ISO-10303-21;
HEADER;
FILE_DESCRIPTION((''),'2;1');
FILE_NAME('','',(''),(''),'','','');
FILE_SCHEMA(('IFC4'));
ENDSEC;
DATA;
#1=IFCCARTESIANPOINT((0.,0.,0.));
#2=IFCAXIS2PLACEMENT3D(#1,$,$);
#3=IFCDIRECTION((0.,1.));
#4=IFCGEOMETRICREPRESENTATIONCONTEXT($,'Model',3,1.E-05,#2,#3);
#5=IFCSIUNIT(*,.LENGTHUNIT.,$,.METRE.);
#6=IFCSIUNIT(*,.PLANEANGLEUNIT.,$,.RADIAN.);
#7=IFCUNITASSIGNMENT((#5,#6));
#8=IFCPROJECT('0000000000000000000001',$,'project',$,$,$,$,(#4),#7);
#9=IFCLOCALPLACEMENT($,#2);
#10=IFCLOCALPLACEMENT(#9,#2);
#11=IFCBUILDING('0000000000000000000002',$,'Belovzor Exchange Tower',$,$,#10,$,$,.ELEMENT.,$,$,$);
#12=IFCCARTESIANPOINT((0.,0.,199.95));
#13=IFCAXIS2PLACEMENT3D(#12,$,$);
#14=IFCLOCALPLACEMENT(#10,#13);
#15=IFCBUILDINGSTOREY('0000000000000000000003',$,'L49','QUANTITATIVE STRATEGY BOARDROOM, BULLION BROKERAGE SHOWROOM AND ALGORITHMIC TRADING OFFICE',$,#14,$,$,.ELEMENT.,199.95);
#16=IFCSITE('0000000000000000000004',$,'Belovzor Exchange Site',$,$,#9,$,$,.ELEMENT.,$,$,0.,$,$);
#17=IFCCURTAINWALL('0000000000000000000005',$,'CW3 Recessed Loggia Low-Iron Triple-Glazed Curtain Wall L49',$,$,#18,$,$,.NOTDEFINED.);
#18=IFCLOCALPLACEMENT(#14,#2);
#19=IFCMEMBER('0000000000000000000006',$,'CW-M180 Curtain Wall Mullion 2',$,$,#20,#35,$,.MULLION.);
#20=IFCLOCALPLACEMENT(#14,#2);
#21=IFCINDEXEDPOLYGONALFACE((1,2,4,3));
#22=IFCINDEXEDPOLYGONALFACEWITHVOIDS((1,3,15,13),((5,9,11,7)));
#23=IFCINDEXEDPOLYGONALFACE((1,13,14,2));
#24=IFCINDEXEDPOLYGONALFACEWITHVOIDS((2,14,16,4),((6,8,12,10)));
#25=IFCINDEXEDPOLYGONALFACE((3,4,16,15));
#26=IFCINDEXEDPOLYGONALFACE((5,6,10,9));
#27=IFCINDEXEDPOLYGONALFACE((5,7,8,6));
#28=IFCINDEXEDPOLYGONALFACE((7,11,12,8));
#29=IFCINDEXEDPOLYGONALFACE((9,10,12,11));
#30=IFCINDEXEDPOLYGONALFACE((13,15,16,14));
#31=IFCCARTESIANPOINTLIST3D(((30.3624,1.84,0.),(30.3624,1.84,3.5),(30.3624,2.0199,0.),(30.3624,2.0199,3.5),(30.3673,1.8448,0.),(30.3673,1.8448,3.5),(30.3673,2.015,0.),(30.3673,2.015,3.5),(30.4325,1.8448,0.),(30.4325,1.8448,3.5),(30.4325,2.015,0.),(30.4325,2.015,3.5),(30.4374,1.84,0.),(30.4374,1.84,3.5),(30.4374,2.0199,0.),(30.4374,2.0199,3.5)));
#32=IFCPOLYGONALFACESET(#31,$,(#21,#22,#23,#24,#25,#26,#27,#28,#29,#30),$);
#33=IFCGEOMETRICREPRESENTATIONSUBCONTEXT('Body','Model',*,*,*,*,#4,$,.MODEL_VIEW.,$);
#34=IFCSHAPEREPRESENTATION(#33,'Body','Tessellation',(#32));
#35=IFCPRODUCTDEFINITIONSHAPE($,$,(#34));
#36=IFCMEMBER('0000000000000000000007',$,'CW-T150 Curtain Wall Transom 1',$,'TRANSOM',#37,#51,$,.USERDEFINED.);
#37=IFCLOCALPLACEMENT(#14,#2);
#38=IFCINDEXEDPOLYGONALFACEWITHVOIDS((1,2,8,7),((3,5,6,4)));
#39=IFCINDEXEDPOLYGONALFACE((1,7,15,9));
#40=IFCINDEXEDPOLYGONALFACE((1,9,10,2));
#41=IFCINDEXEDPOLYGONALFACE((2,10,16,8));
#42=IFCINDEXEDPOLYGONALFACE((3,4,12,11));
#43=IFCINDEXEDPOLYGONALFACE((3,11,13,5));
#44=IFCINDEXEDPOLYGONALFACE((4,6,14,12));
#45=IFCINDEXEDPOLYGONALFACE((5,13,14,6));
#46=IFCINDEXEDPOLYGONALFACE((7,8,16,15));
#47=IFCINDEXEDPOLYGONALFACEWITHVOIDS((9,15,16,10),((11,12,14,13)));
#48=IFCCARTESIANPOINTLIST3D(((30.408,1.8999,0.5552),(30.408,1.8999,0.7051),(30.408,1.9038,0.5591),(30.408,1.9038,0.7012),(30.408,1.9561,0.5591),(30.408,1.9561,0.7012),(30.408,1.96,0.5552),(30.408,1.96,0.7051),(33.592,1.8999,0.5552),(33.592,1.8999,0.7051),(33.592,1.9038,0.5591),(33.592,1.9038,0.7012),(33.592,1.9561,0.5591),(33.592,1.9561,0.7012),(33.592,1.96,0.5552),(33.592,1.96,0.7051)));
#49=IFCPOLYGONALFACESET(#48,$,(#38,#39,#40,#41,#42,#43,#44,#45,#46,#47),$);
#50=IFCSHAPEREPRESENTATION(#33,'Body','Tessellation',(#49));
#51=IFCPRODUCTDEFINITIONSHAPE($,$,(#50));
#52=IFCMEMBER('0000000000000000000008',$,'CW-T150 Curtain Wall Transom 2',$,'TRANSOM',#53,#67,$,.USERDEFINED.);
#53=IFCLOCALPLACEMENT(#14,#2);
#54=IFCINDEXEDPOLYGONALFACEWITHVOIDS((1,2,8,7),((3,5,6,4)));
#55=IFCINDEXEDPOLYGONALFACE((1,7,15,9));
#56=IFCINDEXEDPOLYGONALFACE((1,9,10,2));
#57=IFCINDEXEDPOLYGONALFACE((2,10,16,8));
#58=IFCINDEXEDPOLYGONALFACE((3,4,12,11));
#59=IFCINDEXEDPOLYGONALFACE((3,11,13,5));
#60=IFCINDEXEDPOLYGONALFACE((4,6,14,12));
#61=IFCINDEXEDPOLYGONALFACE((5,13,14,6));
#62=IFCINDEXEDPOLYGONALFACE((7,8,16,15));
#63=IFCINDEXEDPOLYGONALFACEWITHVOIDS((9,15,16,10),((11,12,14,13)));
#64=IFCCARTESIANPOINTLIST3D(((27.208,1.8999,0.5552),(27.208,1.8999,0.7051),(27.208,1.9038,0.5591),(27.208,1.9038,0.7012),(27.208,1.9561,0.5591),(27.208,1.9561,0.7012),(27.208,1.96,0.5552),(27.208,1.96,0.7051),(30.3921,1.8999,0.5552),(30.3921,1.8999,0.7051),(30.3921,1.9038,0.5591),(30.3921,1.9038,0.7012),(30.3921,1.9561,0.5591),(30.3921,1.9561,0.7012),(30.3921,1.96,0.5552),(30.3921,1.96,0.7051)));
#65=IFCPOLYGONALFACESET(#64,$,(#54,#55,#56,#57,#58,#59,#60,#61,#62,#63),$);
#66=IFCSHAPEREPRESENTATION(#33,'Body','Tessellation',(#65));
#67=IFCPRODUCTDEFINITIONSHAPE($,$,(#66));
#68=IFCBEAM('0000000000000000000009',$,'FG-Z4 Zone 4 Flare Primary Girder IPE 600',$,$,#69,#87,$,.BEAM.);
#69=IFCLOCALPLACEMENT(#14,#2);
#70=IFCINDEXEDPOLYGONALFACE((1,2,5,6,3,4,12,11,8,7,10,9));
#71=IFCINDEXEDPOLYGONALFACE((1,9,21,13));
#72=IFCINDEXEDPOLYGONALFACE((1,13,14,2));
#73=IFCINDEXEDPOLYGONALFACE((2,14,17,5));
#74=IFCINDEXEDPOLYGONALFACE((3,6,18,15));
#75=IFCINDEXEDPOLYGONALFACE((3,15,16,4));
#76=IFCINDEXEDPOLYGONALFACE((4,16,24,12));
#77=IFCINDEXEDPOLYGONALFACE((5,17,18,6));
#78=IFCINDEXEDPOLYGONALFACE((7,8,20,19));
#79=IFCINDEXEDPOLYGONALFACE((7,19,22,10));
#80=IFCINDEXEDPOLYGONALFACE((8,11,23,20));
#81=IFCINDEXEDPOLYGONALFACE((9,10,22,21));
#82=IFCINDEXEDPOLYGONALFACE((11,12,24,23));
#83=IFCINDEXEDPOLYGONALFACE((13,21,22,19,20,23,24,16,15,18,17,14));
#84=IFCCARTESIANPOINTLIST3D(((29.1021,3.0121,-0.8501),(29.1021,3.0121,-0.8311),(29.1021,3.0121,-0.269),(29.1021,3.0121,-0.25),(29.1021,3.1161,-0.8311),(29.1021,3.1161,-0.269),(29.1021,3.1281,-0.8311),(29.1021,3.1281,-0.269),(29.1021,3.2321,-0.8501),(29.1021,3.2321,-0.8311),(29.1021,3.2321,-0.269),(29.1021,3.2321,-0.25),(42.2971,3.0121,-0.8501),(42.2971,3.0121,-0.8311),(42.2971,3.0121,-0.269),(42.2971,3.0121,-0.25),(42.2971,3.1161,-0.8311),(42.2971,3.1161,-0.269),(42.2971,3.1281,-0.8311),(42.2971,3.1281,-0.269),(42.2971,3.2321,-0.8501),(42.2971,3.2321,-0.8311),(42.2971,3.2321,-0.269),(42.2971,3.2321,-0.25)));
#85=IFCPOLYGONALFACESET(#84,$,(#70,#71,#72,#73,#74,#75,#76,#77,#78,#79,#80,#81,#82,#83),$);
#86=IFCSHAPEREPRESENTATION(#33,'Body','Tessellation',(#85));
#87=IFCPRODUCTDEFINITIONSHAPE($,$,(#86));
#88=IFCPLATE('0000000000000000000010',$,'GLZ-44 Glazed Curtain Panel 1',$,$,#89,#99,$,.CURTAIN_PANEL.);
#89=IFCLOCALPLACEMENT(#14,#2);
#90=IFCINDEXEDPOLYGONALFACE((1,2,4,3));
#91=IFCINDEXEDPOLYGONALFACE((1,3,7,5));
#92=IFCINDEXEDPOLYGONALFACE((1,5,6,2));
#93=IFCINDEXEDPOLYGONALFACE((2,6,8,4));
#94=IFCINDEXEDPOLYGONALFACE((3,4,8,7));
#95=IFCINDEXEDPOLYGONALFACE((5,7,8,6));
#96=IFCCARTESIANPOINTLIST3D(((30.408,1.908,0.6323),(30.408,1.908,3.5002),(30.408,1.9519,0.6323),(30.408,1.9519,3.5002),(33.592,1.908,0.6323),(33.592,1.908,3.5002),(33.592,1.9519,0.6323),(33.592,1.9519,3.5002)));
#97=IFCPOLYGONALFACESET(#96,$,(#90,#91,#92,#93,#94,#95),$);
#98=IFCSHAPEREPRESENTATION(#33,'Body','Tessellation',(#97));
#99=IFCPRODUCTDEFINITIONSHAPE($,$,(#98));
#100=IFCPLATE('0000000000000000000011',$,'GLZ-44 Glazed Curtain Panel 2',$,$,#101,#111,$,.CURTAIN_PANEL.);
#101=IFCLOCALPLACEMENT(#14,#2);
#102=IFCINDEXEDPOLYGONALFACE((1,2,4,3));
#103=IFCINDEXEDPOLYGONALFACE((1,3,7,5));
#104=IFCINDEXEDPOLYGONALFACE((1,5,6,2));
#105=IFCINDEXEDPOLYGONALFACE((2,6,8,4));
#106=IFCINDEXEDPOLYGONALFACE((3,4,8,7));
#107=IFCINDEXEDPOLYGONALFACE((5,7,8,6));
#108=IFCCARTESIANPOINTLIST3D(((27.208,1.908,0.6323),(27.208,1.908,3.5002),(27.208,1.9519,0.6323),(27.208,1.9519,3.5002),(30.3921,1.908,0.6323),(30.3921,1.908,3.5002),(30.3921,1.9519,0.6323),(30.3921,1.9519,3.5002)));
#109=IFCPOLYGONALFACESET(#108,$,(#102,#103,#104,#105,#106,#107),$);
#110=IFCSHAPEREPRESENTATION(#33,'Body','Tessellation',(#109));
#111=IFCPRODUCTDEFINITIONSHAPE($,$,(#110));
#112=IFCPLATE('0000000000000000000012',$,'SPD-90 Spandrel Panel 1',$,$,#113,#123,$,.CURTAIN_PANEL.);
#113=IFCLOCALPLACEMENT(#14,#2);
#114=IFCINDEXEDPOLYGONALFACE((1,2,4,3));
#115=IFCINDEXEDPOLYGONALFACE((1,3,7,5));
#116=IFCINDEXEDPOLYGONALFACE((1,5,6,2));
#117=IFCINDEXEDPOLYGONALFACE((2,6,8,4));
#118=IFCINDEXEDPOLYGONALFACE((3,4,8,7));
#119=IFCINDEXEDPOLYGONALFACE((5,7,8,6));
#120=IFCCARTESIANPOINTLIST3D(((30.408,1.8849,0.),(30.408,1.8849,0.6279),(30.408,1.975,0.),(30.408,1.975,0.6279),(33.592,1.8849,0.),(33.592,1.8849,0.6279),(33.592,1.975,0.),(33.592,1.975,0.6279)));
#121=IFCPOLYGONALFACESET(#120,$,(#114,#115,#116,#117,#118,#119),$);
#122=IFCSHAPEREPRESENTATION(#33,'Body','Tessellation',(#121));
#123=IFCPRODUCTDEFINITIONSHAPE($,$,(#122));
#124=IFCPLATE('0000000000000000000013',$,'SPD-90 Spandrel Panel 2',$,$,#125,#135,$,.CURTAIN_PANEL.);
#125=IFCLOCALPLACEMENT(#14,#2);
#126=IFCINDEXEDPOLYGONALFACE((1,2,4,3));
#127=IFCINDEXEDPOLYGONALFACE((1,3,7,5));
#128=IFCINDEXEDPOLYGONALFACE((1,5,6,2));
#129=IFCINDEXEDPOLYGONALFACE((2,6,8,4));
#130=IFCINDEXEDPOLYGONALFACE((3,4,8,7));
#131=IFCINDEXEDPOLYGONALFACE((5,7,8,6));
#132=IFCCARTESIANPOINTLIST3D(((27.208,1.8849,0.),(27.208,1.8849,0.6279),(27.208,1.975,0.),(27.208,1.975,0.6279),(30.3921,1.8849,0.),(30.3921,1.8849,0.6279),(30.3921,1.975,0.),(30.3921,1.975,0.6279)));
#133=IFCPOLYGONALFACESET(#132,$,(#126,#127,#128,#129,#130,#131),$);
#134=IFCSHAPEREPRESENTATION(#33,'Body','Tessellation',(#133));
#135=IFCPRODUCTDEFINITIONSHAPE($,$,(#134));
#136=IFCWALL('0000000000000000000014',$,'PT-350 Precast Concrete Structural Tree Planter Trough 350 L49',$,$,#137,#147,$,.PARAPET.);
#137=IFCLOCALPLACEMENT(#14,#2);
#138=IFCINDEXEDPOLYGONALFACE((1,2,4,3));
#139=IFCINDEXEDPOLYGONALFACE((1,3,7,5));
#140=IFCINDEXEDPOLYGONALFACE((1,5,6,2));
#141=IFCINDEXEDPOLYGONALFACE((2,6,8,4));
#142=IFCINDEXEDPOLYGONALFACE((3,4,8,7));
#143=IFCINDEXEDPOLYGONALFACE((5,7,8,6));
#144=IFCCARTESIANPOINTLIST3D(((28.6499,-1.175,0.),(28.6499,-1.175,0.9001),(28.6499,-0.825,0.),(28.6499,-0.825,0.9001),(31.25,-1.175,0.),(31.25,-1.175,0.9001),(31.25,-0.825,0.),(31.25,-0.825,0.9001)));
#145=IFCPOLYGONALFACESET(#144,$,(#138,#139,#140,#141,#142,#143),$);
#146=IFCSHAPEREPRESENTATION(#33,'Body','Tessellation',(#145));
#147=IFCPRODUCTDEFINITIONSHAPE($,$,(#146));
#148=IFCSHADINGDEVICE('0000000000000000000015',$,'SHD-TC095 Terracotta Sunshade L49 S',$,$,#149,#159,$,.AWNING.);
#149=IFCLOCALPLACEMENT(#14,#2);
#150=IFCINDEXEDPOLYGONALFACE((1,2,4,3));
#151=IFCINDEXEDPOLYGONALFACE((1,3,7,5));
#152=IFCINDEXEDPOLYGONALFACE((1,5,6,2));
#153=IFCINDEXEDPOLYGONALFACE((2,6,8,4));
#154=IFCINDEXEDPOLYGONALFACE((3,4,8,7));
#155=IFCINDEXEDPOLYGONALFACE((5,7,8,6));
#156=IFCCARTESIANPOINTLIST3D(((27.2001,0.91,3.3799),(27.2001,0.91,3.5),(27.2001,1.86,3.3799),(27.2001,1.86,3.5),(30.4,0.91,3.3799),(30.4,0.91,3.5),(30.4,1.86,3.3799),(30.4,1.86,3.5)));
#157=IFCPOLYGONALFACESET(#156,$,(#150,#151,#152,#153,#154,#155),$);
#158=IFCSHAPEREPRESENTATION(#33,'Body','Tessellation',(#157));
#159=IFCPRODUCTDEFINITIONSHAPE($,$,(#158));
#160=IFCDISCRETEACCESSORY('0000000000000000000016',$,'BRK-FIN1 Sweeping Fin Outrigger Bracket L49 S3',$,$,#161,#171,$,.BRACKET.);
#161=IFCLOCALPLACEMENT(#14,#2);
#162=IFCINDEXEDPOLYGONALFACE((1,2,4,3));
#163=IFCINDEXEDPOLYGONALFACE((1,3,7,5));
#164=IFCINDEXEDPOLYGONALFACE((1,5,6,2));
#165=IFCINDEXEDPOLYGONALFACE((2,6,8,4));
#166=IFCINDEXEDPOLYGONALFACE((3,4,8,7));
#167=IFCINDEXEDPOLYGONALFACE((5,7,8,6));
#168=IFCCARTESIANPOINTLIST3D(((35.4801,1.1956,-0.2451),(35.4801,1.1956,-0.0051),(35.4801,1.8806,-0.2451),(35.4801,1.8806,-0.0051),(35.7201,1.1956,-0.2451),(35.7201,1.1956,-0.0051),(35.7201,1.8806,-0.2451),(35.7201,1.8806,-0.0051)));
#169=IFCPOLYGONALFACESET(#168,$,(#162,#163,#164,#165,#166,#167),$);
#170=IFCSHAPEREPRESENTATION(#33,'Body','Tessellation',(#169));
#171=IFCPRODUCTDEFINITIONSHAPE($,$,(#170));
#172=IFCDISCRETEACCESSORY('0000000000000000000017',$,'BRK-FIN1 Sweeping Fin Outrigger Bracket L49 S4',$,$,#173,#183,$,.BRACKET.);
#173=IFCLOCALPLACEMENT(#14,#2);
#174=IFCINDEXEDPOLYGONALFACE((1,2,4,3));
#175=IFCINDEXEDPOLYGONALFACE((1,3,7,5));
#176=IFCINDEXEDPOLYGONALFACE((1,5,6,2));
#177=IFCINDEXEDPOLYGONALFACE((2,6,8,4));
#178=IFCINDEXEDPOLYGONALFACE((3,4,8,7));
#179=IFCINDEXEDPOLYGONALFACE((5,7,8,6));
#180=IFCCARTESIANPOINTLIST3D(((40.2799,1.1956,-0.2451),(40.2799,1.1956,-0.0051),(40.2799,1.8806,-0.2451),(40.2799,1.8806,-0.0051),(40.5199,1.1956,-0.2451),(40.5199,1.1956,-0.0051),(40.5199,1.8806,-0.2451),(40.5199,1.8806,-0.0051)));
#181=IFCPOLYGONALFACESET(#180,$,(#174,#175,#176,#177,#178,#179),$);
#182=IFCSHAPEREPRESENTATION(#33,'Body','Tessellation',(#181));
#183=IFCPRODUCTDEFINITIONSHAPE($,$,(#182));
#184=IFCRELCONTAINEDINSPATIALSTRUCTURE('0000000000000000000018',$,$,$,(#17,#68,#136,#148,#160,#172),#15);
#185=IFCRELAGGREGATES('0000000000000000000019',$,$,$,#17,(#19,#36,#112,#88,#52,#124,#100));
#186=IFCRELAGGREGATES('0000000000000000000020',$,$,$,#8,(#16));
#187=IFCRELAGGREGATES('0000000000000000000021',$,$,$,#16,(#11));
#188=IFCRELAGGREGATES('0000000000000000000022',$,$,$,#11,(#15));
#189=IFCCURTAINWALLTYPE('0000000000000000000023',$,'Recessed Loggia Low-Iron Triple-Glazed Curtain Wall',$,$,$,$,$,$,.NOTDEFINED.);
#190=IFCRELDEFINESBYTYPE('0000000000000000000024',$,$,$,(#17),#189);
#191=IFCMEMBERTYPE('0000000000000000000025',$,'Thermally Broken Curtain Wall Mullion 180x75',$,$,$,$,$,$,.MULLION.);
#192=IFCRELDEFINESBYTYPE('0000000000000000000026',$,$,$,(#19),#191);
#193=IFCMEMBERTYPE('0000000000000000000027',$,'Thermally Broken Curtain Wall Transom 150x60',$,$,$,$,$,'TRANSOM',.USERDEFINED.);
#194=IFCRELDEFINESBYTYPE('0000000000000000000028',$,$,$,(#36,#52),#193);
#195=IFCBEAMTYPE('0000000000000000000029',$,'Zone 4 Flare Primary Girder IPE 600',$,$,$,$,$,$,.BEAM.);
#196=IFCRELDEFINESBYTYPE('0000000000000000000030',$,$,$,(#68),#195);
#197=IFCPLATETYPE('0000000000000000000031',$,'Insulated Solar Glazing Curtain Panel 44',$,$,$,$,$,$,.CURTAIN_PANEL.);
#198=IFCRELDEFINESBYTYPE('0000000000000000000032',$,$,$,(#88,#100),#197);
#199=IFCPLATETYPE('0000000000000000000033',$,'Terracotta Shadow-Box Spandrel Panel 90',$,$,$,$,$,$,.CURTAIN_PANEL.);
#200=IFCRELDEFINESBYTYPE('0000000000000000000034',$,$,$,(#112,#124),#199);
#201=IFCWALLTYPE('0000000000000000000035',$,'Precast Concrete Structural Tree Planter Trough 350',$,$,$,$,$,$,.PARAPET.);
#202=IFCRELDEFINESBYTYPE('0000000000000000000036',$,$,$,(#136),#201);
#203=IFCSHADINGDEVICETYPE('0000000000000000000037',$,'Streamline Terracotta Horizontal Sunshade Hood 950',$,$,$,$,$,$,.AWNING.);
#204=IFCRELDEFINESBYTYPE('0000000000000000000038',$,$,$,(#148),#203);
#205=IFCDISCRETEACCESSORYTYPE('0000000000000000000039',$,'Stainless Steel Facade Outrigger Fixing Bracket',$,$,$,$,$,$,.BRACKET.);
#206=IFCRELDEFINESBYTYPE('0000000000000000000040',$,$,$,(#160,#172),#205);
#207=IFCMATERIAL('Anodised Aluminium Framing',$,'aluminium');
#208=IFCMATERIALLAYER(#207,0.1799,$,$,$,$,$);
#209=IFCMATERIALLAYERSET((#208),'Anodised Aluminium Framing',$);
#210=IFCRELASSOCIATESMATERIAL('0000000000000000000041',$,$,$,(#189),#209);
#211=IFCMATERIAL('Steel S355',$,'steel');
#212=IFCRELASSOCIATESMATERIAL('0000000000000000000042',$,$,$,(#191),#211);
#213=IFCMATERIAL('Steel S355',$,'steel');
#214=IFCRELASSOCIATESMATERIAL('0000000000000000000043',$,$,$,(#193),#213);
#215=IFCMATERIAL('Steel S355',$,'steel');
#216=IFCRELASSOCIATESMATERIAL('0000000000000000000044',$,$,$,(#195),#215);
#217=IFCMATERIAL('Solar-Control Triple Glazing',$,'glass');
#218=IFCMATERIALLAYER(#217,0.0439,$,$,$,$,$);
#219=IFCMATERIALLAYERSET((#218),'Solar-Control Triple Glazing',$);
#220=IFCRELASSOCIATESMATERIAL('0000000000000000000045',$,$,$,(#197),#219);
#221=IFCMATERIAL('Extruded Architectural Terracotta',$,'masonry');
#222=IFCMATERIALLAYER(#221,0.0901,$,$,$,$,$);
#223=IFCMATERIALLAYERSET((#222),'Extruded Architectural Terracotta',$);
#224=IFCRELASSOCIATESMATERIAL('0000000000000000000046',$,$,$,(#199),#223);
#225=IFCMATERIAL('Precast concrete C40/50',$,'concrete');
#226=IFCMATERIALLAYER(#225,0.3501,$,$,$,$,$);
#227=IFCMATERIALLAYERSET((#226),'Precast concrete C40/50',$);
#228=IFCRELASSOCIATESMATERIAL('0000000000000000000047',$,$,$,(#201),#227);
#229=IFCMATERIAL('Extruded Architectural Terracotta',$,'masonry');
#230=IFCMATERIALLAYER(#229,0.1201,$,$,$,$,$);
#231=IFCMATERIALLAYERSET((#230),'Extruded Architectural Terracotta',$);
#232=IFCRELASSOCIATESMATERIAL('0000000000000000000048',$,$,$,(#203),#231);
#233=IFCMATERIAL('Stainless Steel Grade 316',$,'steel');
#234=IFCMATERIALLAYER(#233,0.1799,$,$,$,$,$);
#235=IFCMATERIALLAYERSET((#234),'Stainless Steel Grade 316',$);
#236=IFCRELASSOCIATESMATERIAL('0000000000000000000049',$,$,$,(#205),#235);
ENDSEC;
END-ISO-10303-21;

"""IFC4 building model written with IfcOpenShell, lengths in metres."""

from ifc_helpers import new_model, si_unit, direction, frame, frame_2d, origin, origin_2d, place, context, subcontext, project, spatial, rectangle, hollow_rectangle, i_section, extrude, material, layer, layer_set, material_profile, profile_set, type_object, element, aggregate, save


model = new_model("IFC4")

# Units and contexts
model_context = context("Model", 3, precision=1e-05, world=origin(), true_north=direction((0.0, 1.0)))
body_context = subcontext(model_context, "Body", "Model", "MODEL_VIEW")
ifc_project = project(units=[si_unit("LENGTHUNIT", "METRE"), si_unit("PLANEANGLEUNIT", "RADIAN")], contexts=[model_context])

# Site, building, storey
site_placement = place(None, origin())
site = spatial("IfcSite", under=ifc_project, at=site_placement, Name="Belovzor Exchange Site", CompositionType="ELEMENT", RefElevation=0.0)
building_placement = place(site_placement, origin())
building = spatial("IfcBuilding", under=site, at=building_placement, Name="Belovzor Exchange Tower", CompositionType="ELEMENT")
storey_placement = place(building_placement, frame((0.0, 0.0, 199.95)))
storey = spatial("IfcBuildingStorey", under=building, at=storey_placement, Name="L49", Description="QUANTITATIVE STRATEGY BOARDROOM, BULLION BROKERAGE SHOWROOM AND ALGORITHMIC TRADING OFFICE", CompositionType="ELEMENT", Elevation=199.95)

# Curtain wall, members
ifc_material_1 = material(Name="Anodised Aluminium Framing", Category="aluminium")
ifc_layer_1 = layer(ifc_material_1, 0.1799)
ifc_layer_set_1 = layer_set([ifc_layer_1], Name="Anodised Aluminium Framing")
curtain_wall_type = type_object("IfcCurtainWallType", Name="Recessed Loggia Low-Iron Triple-Glazed Curtain Wall", PredefinedType="NOTDEFINED", material=ifc_layer_set_1)
curtain_wall_placement = place(storey_placement, origin())
curtain_wall = element("IfcCurtainWall", 1, at=curtain_wall_placement, inside=storey, type_object=curtain_wall_type, Name="CW3 Recessed Loggia Low-Iron Triple-Glazed Curtain Wall L49", PredefinedType="NOTDEFINED")
ifc_material_2 = material(Name="Steel S355", Category="steel")
ifc_material_profile_1 = material_profile(ifc_material_2, hollow_rectangle(XDim=0.075, YDim=0.1799, WallThickness=0.0049, at=origin_2d()))
ifc_profile_set_1 = profile_set([ifc_material_profile_1], Name="Steel S355")
member_type_1 = type_object("IfcMemberType", Name="Thermally Broken Curtain Wall Mullion 180x75", PredefinedType="MULLION", material=ifc_profile_set_1)
member_1_placement = place(storey_placement, frame((30.3999, 1.9299, 0.0), z_axis=(0.0, 0.0, 1.0), x_axis=(-1.0, 0.0, 0.0)))
member_1 = element("IfcMember", 2, at=member_1_placement, type_object=member_type_1, Name="CW-M180 Curtain Wall Mullion 2", PredefinedType="MULLION", context=body_context, shape_type="SweptSolid", body=[
    extrude(hollow_rectangle(XDim=0.075, YDim=0.1799, WallThickness=0.0049, at=origin_2d()), origin(), (0.0, 0.0, 1.0), 3.5),
])
ifc_material_3 = material(Name="Steel S355", Category="steel")
ifc_material_profile_2 = material_profile(ifc_material_3, hollow_rectangle(XDim=0.0601, YDim=0.1499, WallThickness=0.0039, at=origin_2d()))
ifc_profile_set_2 = profile_set([ifc_material_profile_2], Name="Steel S355")
member_type_2 = type_object("IfcMemberType", Name="Thermally Broken Curtain Wall Transom 150x60", ElementType="TRANSOM", PredefinedType="USERDEFINED", material=ifc_profile_set_2)
member_2_placement = place(storey_placement, frame((33.592, 1.9299, 0.6301), z_axis=(-1.0, 0.0, 0.0), x_axis=(0.0, -1.0, 0.0)))
member_2 = element("IfcMember", 3, at=member_2_placement, type_object=member_type_2, Name="CW-T150 Curtain Wall Transom 1", ObjectType="TRANSOM", PredefinedType="USERDEFINED", context=body_context, shape_type="SweptSolid", body=[
    extrude(hollow_rectangle(XDim=0.0601, YDim=0.1499, WallThickness=0.0039, at=origin_2d()), origin(), (0.0, 0.0, 1.0), 3.1841),
])
member_3_placement = place(storey_placement, frame((30.3921, 1.9299, 0.6301), z_axis=(-1.0, 0.0, 0.0), x_axis=(0.0, -1.0, 0.0)))
member_3 = element("IfcMember", 4, at=member_3_placement, type_object=member_type_2, Name="CW-T150 Curtain Wall Transom 2", ObjectType="TRANSOM", PredefinedType="USERDEFINED", context=body_context, shape_type="SweptSolid", body=[
    extrude(hollow_rectangle(XDim=0.0601, YDim=0.1499, WallThickness=0.0039, at=origin_2d()), origin(), (0.0, 0.0, 1.0), 3.1841),
])

# Beam
ifc_material_4 = material(Name="Steel S355", Category="steel")
ifc_material_profile_3 = material_profile(ifc_material_4, i_section(OverallWidth=0.22, OverallDepth=0.6001, WebThickness=0.012, FlangeThickness=0.019, at=origin_2d()))
ifc_profile_set_3 = profile_set([ifc_material_profile_3], Name="Steel S355")
beam_type_1 = type_object("IfcBeamType", Name="Zone 4 Flare Primary Girder IPE 600", PredefinedType="BEAM", material=ifc_profile_set_3)
beam_1_placement = place(storey_placement, frame((29.1021, 3.1221, -0.55), z_axis=(1.0, 0.0, 0.0), x_axis=(0.0, 1.0, 0.0)))
element("IfcBeam", 5, at=beam_1_placement, inside=storey, type_object=beam_type_1, Name="FG-Z4 Zone 4 Flare Primary Girder IPE 600", PredefinedType="BEAM", context=body_context, shape_type="SweptSolid", body=[
    extrude(i_section(OverallWidth=0.22, OverallDepth=0.6001, WebThickness=0.012, FlangeThickness=0.019, at=origin_2d()), origin(), (0.0, 0.0, 1.0), 13.1951),
])

# Plates
ifc_material_5 = material(Name="Solar-Control Triple Glazing", Category="glass")
ifc_layer_2 = layer(ifc_material_5, 0.0439)
ifc_layer_set_2 = layer_set([ifc_layer_2], Name="Solar-Control Triple Glazing")
plate_type_1 = type_object("IfcPlateType", Name="Insulated Solar Glazing Curtain Panel 44", PredefinedType="CURTAIN_PANEL", material=ifc_layer_set_2)
plate_1_placement = place(storey_placement, frame((32.0, 1.9299, 0.6323), z_axis=(0.0, 0.0, 1.0), x_axis=(-1.0, 0.0, 0.0)))
plate_1 = element("IfcPlate", 6, at=plate_1_placement, type_object=plate_type_1, Name="GLZ-44 Glazed Curtain Panel 1", PredefinedType="CURTAIN_PANEL", context=body_context, shape_type="SweptSolid", body=[
    extrude(rectangle(XDim=3.1841, YDim=0.0439, at=origin_2d()), origin(), (0.0, 0.0, 1.0), 2.8679),
])
plate_2_placement = place(storey_placement, frame((28.8, 1.9299, 0.6323), z_axis=(0.0, 0.0, 1.0), x_axis=(-1.0, 0.0, 0.0)))
plate_2 = element("IfcPlate", 7, at=plate_2_placement, type_object=plate_type_1, Name="GLZ-44 Glazed Curtain Panel 2", PredefinedType="CURTAIN_PANEL", context=body_context, shape_type="SweptSolid", body=[
    extrude(rectangle(XDim=3.1841, YDim=0.0439, at=origin_2d()), origin(), (0.0, 0.0, 1.0), 2.8679),
])
ifc_material_6 = material(Name="Extruded Architectural Terracotta", Category="masonry")
ifc_layer_3 = layer(ifc_material_6, 0.0901)
ifc_layer_set_3 = layer_set([ifc_layer_3], Name="Extruded Architectural Terracotta")
plate_type_2 = type_object("IfcPlateType", Name="Terracotta Shadow-Box Spandrel Panel 90", PredefinedType="CURTAIN_PANEL", material=ifc_layer_set_3)
plate_3_placement = place(storey_placement, frame((32.0, 1.9299, 0.0), z_axis=(0.0, 0.0, 1.0), x_axis=(-1.0, 0.0, 0.0)))
plate_3 = element("IfcPlate", 8, at=plate_3_placement, type_object=plate_type_2, Name="SPD-90 Spandrel Panel 1", PredefinedType="CURTAIN_PANEL", context=body_context, shape_type="SweptSolid", body=[
    extrude(rectangle(XDim=3.1841, YDim=0.0901, at=origin_2d()), origin(), (0.0, 0.0, 1.0), 0.6279),
])
plate_4_placement = place(storey_placement, frame((28.8, 1.9299, 0.0), z_axis=(0.0, 0.0, 1.0), x_axis=(-1.0, 0.0, 0.0)))
plate_4 = element("IfcPlate", 9, at=plate_4_placement, type_object=plate_type_2, Name="SPD-90 Spandrel Panel 2", PredefinedType="CURTAIN_PANEL", context=body_context, shape_type="SweptSolid", body=[
    extrude(rectangle(XDim=3.1841, YDim=0.0901, at=origin_2d()), origin(), (0.0, 0.0, 1.0), 0.6279),
])
aggregate(curtain_wall, [member_1, member_2, plate_3, plate_1, member_3, plate_4, plate_2])

# Wall
ifc_material_7 = material(Name="Precast concrete C40/50", Category="concrete")
ifc_layer_4 = layer(ifc_material_7, 0.3501)
ifc_layer_set_4 = layer_set([ifc_layer_4], Name="Precast concrete C40/50")
wall_type = type_object("IfcWallType", Name="Precast Concrete Structural Tree Planter Trough 350", PredefinedType="PARAPET", material=ifc_layer_set_4)
wall_placement = place(storey_placement, frame((28.6499, -1.0, 0.0), z_axis=(0.0, 0.0, 1.0), x_axis=(1.0, 0.0, 0.0)))
element("IfcWall", 10, at=wall_placement, inside=storey, type_object=wall_type, Name="PT-350 Precast Concrete Structural Tree Planter Trough 350 L49", PredefinedType="PARAPET", context=body_context, shape_type="SweptSolid", body=[
    extrude(rectangle(XDim=2.6001, YDim=0.3501, at=frame_2d((1.3, 0.0))), origin(), (0.0, 0.0, 1.0), 0.9001),
])

# Shading device
ifc_material_8 = material(Name="Extruded Architectural Terracotta", Category="masonry")
ifc_layer_5 = layer(ifc_material_8, 0.1201)
ifc_layer_set_5 = layer_set([ifc_layer_5], Name="Extruded Architectural Terracotta")
shading_device_type = type_object("IfcShadingDeviceType", Name="Streamline Terracotta Horizontal Sunshade Hood 950", PredefinedType="AWNING", material=ifc_layer_set_5)
shading_device_placement = place(storey_placement, frame((28.8, 1.385, 3.3799), z_axis=(0.0, 0.0, 1.0), x_axis=(1.0, 0.0, 0.0)))
element("IfcShadingDevice", 11, at=shading_device_placement, inside=storey, type_object=shading_device_type, Name="SHD-TC095 Terracotta Sunshade L49 S", PredefinedType="AWNING", context=body_context, shape_type="SweptSolid", body=[
    extrude(rectangle(XDim=3.2, YDim=0.95, at=origin_2d()), origin(), (0.0, 0.0, 1.0), 0.1201),
])

# Discrete accessories
ifc_material_9 = material(Name="Stainless Steel Grade 316", Category="steel")
ifc_layer_6 = layer(ifc_material_9, 0.1799)
ifc_layer_set_6 = layer_set([ifc_layer_6], Name="Stainless Steel Grade 316")
discrete_accessory_type = type_object("IfcDiscreteAccessoryType", Name="Stainless Steel Facade Outrigger Fixing Bracket", PredefinedType="BRACKET", material=ifc_layer_set_6)
for number, where, z_axis, x_axis, name in (
    (12, (35.6001, 1.5381, -0.2451), (0.0, 0.0, 1.0), (0.0, 1.0, 0.0), "BRK-FIN1 Sweeping Fin Outrigger Bracket L49 S3"),
    (13, (40.3999, 1.5381, -0.2451), (0.0, 0.0, 1.0), (0.0, 1.0, 0.0), "BRK-FIN1 Sweeping Fin Outrigger Bracket L49 S4"),
):
    element("IfcDiscreteAccessory", number, at=place(storey_placement, frame(where, z_axis=z_axis, x_axis=x_axis)), inside=storey, type_object=discrete_accessory_type, Name=name, PredefinedType="BRACKET", context=body_context, shape_type="SweptSolid", body=[
        extrude(rectangle(XDim=0.6851, YDim=0.24, at=origin_2d()), origin(), (0.0, 0.0, 1.0), 0.24),
    ])

save(model, "model.ifc")
